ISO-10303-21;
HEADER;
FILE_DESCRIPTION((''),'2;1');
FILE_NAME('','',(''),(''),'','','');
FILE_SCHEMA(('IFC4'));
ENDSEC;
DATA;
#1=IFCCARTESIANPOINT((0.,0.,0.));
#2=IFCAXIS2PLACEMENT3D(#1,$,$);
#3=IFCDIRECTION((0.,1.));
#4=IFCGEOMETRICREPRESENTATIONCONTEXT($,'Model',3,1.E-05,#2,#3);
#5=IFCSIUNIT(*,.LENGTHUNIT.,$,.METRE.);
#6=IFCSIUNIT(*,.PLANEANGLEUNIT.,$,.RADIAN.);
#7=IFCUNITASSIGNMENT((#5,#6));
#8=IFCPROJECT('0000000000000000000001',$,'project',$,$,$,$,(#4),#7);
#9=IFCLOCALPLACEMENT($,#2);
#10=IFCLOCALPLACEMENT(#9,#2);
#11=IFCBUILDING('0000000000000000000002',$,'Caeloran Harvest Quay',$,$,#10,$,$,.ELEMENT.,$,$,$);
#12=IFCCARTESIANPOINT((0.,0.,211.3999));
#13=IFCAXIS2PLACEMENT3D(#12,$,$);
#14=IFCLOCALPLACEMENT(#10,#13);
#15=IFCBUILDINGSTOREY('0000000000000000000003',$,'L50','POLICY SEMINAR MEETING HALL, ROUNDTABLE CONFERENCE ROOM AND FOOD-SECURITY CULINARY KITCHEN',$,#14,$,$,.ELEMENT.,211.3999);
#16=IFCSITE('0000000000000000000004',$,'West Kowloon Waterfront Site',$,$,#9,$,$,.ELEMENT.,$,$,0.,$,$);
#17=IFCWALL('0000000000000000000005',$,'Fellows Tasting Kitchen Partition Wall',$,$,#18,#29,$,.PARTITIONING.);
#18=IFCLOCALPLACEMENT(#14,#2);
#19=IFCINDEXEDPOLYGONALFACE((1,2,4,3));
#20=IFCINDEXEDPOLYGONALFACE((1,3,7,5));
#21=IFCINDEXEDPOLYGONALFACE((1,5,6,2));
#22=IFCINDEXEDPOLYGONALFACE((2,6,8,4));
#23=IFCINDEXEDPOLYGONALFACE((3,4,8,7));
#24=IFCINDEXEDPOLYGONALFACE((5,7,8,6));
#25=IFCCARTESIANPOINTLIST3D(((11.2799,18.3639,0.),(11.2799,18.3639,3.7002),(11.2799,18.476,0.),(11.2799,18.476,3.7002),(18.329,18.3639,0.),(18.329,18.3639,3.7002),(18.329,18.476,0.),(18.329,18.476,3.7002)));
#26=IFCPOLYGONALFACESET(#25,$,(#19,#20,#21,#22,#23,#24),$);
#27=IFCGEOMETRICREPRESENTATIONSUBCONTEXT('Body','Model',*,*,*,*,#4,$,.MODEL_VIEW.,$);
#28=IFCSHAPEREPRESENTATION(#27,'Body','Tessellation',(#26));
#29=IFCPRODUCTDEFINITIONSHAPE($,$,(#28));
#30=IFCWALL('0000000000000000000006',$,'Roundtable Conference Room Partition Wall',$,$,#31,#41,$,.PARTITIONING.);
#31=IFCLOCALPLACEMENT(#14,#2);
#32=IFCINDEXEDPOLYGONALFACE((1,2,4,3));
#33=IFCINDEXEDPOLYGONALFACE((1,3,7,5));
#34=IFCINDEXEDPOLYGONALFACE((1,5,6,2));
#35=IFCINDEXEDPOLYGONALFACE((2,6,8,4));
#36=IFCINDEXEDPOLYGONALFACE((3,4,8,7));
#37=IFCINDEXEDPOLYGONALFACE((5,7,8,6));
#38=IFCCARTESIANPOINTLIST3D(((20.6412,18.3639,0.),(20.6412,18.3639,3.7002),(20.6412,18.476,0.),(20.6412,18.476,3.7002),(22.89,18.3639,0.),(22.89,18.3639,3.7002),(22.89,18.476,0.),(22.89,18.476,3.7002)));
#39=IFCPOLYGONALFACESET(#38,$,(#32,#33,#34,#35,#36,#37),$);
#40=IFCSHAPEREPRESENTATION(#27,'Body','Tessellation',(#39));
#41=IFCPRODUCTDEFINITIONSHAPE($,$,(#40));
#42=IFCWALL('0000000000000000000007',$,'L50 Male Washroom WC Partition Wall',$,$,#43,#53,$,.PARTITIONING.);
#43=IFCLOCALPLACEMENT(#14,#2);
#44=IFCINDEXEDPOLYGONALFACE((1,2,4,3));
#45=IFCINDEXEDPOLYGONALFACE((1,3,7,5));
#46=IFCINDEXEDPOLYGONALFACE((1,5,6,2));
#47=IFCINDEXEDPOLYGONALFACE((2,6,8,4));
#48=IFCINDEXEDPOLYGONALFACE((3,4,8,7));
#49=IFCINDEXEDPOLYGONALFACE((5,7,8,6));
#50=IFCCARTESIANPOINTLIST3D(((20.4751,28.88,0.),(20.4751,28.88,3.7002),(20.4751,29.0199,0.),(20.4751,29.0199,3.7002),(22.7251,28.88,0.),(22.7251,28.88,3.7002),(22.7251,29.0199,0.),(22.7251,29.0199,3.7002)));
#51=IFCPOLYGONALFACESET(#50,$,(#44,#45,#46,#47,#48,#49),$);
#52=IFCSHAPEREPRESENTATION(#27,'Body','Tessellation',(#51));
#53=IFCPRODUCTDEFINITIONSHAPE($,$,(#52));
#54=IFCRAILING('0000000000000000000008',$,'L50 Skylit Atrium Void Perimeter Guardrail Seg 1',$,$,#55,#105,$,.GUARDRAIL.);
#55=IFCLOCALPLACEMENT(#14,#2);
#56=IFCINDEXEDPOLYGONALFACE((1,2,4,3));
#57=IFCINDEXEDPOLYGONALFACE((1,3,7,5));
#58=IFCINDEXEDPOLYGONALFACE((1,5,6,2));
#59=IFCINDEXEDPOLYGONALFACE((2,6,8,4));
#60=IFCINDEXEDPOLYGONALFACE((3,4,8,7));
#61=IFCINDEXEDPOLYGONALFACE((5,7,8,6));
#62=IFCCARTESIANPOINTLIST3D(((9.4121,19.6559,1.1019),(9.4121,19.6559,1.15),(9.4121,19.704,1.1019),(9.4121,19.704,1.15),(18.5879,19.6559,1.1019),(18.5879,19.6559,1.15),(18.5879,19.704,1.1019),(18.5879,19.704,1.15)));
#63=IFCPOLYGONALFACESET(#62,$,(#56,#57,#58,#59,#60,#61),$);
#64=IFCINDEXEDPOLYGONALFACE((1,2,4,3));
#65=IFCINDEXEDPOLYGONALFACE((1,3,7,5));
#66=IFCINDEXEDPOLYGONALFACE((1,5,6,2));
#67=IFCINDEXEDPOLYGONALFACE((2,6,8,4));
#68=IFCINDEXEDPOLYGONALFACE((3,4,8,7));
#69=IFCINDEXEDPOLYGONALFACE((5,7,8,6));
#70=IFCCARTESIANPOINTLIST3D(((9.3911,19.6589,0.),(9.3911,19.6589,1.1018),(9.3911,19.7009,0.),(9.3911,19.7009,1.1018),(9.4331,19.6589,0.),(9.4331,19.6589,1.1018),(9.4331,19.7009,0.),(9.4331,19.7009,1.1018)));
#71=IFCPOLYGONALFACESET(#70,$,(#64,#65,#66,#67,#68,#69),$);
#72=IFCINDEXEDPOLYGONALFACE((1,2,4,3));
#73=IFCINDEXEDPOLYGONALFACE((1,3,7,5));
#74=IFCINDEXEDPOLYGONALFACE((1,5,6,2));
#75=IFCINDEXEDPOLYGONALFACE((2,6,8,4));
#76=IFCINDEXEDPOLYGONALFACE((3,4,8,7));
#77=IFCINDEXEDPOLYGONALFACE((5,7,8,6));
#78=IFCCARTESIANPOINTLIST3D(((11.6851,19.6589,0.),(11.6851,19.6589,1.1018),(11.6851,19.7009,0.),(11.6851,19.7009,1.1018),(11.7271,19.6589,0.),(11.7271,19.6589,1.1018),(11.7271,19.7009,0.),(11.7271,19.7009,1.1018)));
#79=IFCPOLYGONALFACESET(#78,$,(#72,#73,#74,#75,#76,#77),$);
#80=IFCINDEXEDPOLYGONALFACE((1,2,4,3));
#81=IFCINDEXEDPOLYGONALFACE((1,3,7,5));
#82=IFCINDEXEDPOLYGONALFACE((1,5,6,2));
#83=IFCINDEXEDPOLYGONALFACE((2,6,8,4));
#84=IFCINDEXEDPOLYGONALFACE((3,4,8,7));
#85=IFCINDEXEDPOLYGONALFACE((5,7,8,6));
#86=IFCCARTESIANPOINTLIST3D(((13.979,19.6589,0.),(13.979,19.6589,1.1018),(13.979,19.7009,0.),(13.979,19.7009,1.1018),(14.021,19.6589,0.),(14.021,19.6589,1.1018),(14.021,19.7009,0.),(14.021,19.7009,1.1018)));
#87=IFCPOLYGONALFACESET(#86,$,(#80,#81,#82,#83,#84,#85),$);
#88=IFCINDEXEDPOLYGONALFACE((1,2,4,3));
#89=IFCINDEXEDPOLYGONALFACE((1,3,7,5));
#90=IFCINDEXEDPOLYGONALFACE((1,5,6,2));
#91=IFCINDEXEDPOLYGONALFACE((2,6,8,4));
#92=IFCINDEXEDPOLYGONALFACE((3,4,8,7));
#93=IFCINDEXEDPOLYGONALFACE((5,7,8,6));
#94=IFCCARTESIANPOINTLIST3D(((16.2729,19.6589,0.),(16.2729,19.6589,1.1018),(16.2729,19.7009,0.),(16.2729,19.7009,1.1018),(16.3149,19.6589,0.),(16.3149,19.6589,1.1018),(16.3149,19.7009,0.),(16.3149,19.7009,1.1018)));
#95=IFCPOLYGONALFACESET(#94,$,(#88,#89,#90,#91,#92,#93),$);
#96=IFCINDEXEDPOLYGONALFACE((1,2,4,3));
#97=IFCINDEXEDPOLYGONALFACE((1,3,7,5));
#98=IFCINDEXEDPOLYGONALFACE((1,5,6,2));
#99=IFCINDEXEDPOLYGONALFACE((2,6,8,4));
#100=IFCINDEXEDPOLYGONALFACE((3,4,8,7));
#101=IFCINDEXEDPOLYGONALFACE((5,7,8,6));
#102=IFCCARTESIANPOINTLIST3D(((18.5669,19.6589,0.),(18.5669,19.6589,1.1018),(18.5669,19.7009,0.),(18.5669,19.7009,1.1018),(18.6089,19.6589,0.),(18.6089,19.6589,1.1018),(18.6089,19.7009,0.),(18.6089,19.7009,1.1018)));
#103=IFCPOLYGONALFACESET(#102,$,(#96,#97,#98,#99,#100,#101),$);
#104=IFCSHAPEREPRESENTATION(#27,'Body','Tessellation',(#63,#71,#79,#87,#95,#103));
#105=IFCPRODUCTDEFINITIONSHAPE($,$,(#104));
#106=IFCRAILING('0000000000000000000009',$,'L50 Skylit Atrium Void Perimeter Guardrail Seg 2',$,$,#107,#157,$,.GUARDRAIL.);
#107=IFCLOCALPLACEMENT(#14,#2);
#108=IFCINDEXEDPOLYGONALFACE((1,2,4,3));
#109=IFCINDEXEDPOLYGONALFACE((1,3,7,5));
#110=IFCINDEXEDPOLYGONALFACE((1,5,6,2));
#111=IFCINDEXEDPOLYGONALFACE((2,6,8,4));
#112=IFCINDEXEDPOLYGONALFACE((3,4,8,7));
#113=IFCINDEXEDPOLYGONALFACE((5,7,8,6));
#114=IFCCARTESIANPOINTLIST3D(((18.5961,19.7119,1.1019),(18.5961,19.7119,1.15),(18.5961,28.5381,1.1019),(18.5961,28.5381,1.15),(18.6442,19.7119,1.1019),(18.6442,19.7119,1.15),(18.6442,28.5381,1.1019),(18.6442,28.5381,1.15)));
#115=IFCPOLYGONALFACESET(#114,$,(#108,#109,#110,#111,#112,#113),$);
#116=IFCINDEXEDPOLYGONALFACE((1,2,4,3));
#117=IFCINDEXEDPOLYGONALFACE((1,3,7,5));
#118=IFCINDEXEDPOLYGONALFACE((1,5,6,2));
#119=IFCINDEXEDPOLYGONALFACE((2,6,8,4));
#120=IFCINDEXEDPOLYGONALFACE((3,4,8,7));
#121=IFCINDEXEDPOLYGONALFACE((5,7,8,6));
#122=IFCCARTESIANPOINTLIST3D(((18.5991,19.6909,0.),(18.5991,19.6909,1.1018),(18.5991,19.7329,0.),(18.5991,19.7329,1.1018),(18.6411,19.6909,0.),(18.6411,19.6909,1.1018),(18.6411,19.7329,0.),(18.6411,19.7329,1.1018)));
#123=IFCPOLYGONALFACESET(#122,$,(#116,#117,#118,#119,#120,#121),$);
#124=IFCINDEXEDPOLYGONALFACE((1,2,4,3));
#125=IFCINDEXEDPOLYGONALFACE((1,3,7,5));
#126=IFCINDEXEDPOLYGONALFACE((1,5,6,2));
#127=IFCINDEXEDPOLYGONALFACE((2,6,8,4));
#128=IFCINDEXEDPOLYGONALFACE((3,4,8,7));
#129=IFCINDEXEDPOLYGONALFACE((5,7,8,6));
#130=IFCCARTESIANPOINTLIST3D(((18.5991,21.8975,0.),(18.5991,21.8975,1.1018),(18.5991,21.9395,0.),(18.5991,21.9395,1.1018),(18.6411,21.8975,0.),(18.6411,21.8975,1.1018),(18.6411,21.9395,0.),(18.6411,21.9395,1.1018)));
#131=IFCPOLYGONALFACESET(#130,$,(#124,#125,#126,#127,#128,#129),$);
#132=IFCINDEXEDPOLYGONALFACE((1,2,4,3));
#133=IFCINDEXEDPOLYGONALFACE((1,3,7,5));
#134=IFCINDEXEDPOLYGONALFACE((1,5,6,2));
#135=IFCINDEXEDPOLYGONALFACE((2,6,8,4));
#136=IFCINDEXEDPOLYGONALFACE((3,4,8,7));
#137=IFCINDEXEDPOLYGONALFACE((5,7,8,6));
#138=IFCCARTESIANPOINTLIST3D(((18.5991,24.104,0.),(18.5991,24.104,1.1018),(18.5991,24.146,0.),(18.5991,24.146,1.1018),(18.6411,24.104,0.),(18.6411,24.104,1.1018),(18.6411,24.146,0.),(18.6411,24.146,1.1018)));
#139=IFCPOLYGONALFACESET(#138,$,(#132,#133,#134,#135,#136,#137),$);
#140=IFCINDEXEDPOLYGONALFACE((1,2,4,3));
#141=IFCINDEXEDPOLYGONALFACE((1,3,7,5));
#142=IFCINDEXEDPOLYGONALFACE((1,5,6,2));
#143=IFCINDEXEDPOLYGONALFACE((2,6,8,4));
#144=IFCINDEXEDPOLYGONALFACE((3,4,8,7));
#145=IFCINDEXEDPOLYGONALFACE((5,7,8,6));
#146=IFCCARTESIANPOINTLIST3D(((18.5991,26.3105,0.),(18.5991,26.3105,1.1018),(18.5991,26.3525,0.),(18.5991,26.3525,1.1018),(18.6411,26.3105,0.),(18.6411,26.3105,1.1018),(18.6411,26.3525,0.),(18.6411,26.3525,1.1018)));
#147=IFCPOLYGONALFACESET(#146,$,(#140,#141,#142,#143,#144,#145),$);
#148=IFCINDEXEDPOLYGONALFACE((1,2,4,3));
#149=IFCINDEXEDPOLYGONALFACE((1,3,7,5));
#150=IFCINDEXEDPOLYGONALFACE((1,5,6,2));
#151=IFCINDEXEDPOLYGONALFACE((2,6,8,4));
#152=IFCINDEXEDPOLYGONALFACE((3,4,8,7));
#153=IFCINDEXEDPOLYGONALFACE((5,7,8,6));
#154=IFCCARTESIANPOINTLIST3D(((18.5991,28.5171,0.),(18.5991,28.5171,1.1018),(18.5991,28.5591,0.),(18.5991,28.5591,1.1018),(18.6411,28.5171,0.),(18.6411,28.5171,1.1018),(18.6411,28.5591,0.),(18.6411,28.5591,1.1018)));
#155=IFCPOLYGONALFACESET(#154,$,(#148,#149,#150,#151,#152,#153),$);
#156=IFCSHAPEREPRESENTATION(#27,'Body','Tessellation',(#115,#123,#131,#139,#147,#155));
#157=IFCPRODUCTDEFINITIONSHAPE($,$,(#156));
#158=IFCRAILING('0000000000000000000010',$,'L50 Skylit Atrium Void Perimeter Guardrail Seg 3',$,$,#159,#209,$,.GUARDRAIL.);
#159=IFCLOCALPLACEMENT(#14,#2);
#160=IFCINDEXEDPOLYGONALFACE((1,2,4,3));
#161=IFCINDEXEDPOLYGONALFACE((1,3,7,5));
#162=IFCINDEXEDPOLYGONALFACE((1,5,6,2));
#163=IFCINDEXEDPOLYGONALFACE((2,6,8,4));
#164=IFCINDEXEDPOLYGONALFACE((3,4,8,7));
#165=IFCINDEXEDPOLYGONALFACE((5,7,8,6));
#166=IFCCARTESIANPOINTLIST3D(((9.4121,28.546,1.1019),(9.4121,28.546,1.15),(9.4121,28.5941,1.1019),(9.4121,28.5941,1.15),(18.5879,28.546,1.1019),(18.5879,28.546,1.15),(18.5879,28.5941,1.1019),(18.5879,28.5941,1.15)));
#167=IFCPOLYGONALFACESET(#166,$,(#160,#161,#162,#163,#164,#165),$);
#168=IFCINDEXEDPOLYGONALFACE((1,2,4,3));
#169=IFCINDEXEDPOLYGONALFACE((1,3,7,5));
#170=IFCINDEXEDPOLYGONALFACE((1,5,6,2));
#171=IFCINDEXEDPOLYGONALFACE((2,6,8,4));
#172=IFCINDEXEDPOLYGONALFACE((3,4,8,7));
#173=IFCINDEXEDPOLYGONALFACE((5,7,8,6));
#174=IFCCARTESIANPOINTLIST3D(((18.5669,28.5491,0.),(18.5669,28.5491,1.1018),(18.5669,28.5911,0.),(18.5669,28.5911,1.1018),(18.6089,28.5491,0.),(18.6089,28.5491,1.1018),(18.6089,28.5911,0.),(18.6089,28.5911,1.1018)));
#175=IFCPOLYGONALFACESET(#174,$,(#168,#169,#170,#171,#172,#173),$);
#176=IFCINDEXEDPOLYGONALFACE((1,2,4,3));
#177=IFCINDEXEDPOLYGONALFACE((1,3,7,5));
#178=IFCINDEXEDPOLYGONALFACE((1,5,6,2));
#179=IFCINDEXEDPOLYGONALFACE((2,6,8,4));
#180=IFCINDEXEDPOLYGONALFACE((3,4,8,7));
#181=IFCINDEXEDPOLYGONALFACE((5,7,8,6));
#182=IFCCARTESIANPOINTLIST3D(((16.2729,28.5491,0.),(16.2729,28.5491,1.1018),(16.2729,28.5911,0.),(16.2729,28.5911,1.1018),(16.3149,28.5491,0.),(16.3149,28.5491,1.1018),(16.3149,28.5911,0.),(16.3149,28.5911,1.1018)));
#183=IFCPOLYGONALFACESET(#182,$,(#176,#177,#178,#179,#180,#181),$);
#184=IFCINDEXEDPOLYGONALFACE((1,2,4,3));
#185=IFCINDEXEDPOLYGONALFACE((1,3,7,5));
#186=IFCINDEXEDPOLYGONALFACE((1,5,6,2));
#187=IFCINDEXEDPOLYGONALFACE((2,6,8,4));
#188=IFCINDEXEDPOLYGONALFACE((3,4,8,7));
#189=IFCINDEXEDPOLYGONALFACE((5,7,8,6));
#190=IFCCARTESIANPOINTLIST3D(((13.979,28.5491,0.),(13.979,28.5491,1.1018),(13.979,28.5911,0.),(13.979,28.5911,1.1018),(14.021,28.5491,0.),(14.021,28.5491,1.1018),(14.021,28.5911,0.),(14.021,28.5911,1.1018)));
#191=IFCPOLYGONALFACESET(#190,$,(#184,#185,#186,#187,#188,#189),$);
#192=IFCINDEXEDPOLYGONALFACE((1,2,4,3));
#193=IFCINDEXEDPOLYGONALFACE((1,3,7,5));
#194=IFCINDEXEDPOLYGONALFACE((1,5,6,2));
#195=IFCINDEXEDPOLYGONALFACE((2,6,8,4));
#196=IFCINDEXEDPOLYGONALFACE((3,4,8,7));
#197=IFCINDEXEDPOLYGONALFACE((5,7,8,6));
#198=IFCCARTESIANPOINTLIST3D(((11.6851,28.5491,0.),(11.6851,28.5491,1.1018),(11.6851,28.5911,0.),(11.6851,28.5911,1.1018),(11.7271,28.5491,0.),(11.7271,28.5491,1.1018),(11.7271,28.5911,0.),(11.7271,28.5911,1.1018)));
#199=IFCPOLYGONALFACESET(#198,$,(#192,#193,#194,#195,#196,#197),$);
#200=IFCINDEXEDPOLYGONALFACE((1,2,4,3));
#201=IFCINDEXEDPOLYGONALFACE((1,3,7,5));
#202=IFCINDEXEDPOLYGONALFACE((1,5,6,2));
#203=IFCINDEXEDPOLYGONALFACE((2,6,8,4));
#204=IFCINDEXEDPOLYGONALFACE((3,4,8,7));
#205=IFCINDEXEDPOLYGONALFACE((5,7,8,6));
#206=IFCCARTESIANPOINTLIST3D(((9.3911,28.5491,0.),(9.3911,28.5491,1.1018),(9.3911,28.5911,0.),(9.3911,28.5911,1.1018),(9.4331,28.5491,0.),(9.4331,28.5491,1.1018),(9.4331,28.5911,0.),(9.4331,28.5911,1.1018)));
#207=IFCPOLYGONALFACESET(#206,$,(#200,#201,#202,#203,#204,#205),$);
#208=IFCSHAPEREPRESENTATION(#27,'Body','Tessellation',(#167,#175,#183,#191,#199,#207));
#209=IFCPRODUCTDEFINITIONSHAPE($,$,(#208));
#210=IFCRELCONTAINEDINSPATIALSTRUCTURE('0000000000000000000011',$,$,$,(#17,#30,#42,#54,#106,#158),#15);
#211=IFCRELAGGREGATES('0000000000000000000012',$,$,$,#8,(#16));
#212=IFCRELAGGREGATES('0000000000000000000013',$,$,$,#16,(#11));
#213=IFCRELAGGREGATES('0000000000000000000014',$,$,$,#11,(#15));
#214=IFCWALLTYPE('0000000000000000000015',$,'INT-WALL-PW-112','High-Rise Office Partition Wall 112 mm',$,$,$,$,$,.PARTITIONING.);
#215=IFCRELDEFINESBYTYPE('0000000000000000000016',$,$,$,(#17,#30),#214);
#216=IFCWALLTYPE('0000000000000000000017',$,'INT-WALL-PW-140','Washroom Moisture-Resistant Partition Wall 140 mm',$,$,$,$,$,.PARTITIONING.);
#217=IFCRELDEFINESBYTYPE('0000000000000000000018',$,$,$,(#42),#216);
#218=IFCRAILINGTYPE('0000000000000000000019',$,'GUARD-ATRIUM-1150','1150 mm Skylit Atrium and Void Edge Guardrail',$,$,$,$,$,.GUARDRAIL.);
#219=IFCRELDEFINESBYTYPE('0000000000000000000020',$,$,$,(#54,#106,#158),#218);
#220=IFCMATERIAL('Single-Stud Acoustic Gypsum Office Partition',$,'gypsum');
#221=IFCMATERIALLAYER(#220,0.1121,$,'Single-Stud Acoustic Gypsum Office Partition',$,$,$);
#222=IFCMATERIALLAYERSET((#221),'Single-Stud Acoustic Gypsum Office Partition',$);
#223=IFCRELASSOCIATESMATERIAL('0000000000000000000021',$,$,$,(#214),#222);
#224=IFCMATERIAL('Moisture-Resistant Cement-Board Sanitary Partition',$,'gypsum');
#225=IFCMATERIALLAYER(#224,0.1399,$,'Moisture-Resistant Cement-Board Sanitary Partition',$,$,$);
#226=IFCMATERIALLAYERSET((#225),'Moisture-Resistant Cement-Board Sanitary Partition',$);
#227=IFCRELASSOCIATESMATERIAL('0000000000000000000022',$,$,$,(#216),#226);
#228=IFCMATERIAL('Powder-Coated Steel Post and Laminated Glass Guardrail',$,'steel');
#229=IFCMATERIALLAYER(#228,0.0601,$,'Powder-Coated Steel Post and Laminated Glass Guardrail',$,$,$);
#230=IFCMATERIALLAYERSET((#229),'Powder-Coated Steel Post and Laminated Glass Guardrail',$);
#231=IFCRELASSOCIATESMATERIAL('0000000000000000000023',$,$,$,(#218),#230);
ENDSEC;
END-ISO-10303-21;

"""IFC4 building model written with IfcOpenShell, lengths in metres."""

from ifc_helpers import new_model, si_unit, direction, frame, frame_2d, origin, origin_2d, place, context, subcontext, project, spatial, rectangle, extrude, material, layer, layer_set, type_object, element, save


model = new_model("IFC4")

# Units and contexts
model_context = context("Model", 3, precision=1e-05, world=origin(), true_north=direction((0.0, 1.0)))
body_context = subcontext(model_context, "Body", "Model", "MODEL_VIEW")
ifc_project = project(units=[si_unit("LENGTHUNIT", "METRE"), si_unit("PLANEANGLEUNIT", "RADIAN")], contexts=[model_context])

# Site, building, storey
site_placement = place(None, origin())
site = spatial("IfcSite", under=ifc_project, at=site_placement, Name="West Kowloon Waterfront Site", CompositionType="ELEMENT", RefElevation=0.0)
building_placement = place(site_placement, origin())
building = spatial("IfcBuilding", under=site, at=building_placement, Name="Caeloran Harvest Quay", CompositionType="ELEMENT")
storey_placement = place(building_placement, frame((0.0, 0.0, 211.3999)))
storey = spatial("IfcBuildingStorey", under=building, at=storey_placement, Name="L50", Description="POLICY SEMINAR MEETING HALL, ROUNDTABLE CONFERENCE ROOM AND FOOD-SECURITY CULINARY KITCHEN", CompositionType="ELEMENT", Elevation=211.3999)

# Walls
ifc_material_1 = material(Name="Single-Stud Acoustic Gypsum Office Partition", Category="gypsum")
ifc_layer_1 = layer(ifc_material_1, 0.1121, Name="Single-Stud Acoustic Gypsum Office Partition")
ifc_layer_set_1 = layer_set([ifc_layer_1], Name="Single-Stud Acoustic Gypsum Office Partition")
wall_type_1 = type_object("IfcWallType", Name="INT-WALL-PW-112", Description="High-Rise Office Partition Wall 112 mm", PredefinedType="PARTITIONING", material=ifc_layer_set_1)
wall_1_placement = place(storey_placement, frame((11.28, 18.4199, 0.0), z_axis=(0.0, 0.0, 1.0), x_axis=(1.0, 0.0, 0.0)))
element("IfcWall", 1, at=wall_1_placement, inside=storey, type_object=wall_type_1, Name="Fellows Tasting Kitchen Partition Wall", PredefinedType="PARTITIONING", context=body_context, shape_type="SweptSolid", body=[
    extrude(rectangle(XDim=7.0491, YDim=0.1121, at=frame_2d((3.5244, 0.0))), origin(), (0.0, 0.0, 1.0), 3.7002),
])
wall_2_placement = place(storey_placement, frame((20.6411, 18.4199, 0.0), z_axis=(0.0, 0.0, 1.0), x_axis=(1.0, 0.0, 0.0)))
element("IfcWall", 2, at=wall_2_placement, inside=storey, type_object=wall_type_1, Name="Roundtable Conference Room Partition Wall", PredefinedType="PARTITIONING", context=body_context, shape_type="SweptSolid", body=[
    extrude(rectangle(XDim=2.2488, YDim=0.1121, at=frame_2d((1.1245, 0.0))), origin(), (0.0, 0.0, 1.0), 3.7002),
])

# Shared definitions
ifc_material_2 = material(Name="Moisture-Resistant Cement-Board Sanitary Partition", Category="gypsum")
ifc_layer_2 = layer(ifc_material_2, 0.1399, Name="Moisture-Resistant Cement-Board Sanitary Partition")
ifc_layer_set_2 = layer_set([ifc_layer_2], Name="Moisture-Resistant Cement-Board Sanitary Partition")
wall_type_2 = type_object("IfcWallType", Name="INT-WALL-PW-140", Description="Washroom Moisture-Resistant Partition Wall 140 mm", PredefinedType="PARTITIONING", material=ifc_layer_set_2)

# Wall
wall_3_placement = place(storey_placement, frame((20.4751, 28.95, 0.0), z_axis=(0.0, 0.0, 1.0), x_axis=(1.0, 0.0, 0.0)))
element("IfcWall", 3, at=wall_3_placement, inside=storey, type_object=wall_type_2, Name="L50 Male Washroom WC Partition Wall", PredefinedType="PARTITIONING", context=body_context, shape_type="SweptSolid", body=[
    extrude(rectangle(XDim=2.25, YDim=0.1399, at=frame_2d((1.125, 0.0))), origin(), (0.0, 0.0, 1.0), 3.7002),
])

# Railings
ifc_material_3 = material(Name="Powder-Coated Steel Post and Laminated Glass Guardrail", Category="steel")
ifc_layer_3 = layer(ifc_material_3, 0.0601, Name="Powder-Coated Steel Post and Laminated Glass Guardrail")
ifc_layer_set_3 = layer_set([ifc_layer_3], Name="Powder-Coated Steel Post and Laminated Glass Guardrail")
railing_type = type_object("IfcRailingType", Name="GUARD-ATRIUM-1150", Description="1150 mm Skylit Atrium and Void Edge Guardrail", PredefinedType="GUARDRAIL", material=ifc_layer_set_3)
railing_1_placement = place(storey_placement, frame((9.4121, 19.6799, 0.0)))
element("IfcRailing", 4, at=railing_1_placement, inside=storey, type_object=railing_type, Name="L50 Skylit Atrium Void Perimeter Guardrail Seg 1", PredefinedType="GUARDRAIL", context=body_context, shape_type="SweptSolid", body=[
    extrude(rectangle(XDim=0.0481, YDim=0.0481, at=origin_2d()), frame((0.0, 0.0, 1.126), z_axis=(1.0, 0.0, 0.0), x_axis=(0.0, 1.0, 0.0)), (0.0, 0.0, 1.0), 9.1758),
    extrude(rectangle(XDim=0.042, YDim=0.042, at=origin_2d()), origin(), (0.0, 0.0, 1.0), 1.1018),
    extrude(rectangle(XDim=0.042, YDim=0.042, at=origin_2d()), frame((2.2939, 0.0, 0.0)), (0.0, 0.0, 1.0), 1.1018),
    extrude(rectangle(XDim=0.042, YDim=0.042, at=origin_2d()), frame((4.5879, 0.0, 0.0)), (0.0, 0.0, 1.0), 1.1018),
    extrude(rectangle(XDim=0.042, YDim=0.042, at=origin_2d()), frame((6.8818, 0.0, 0.0)), (0.0, 0.0, 1.0), 1.1018),
    extrude(rectangle(XDim=0.042, YDim=0.042, at=origin_2d()), frame((9.1758, 0.0, 0.0)), (0.0, 0.0, 1.0), 1.1018),
])
railing_2_placement = place(storey_placement, frame((18.6201, 19.7119, 0.0)))
element("IfcRailing", 5, at=railing_2_placement, inside=storey, type_object=railing_type, Name="L50 Skylit Atrium Void Perimeter Guardrail Seg 2", PredefinedType="GUARDRAIL", context=body_context, shape_type="SweptSolid", body=[
    extrude(rectangle(XDim=0.0481, YDim=0.0481, at=origin_2d()), frame((0.0, 0.0, 1.126), z_axis=(0.0, 1.0, 0.0), x_axis=(-1.0, 0.0, 0.0)), (0.0, 0.0, 1.0), 8.8262),
    extrude(rectangle(XDim=0.042, YDim=0.042, at=origin_2d()), origin(), (0.0, 0.0, 1.0), 1.1018),
    extrude(rectangle(XDim=0.042, YDim=0.042, at=origin_2d()), frame((0.0, 2.2065, 0.0)), (0.0, 0.0, 1.0), 1.1018),
    extrude(rectangle(XDim=0.042, YDim=0.042, at=origin_2d()), frame((0.0, 4.4131, 0.0)), (0.0, 0.0, 1.0), 1.1018),
    extrude(rectangle(XDim=0.042, YDim=0.042, at=origin_2d()), frame((0.0, 6.6196, 0.0)), (0.0, 0.0, 1.0), 1.1018),
    extrude(rectangle(XDim=0.042, YDim=0.042, at=origin_2d()), frame((0.0, 8.8262, 0.0)), (0.0, 0.0, 1.0), 1.1018),
])
railing_3_placement = place(storey_placement, frame((18.5879, 28.5701, 0.0)))
element("IfcRailing", 6, at=railing_3_placement, inside=storey, type_object=railing_type, Name="L50 Skylit Atrium Void Perimeter Guardrail Seg 3", PredefinedType="GUARDRAIL", context=body_context, shape_type="SweptSolid", body=[
    extrude(rectangle(XDim=0.0481, YDim=0.0481, at=origin_2d()), frame((0.0, 0.0, 1.126), z_axis=(-1.0, 0.0, 0.0), x_axis=(0.0, -1.0, 0.0)), (0.0, 0.0, 1.0), 9.1758),
    extrude(rectangle(XDim=0.042, YDim=0.042, at=origin_2d()), origin(), (0.0, 0.0, 1.0), 1.1018),
    extrude(rectangle(XDim=0.042, YDim=0.042, at=origin_2d()), frame((-2.2939, 0.0, 0.0)), (0.0, 0.0, 1.0), 1.1018),
    extrude(rectangle(XDim=0.042, YDim=0.042, at=origin_2d()), frame((-4.5879, 0.0, 0.0)), (0.0, 0.0, 1.0), 1.1018),
    extrude(rectangle(XDim=0.042, YDim=0.042, at=origin_2d()), frame((-6.8818, 0.0, 0.0)), (0.0, 0.0, 1.0), 1.1018),
    extrude(rectangle(XDim=0.042, YDim=0.042, at=origin_2d()), frame((-9.1758, 0.0, 0.0)), (0.0, 0.0, 1.0), 1.1018),
])

save(model, "model.ifc")
